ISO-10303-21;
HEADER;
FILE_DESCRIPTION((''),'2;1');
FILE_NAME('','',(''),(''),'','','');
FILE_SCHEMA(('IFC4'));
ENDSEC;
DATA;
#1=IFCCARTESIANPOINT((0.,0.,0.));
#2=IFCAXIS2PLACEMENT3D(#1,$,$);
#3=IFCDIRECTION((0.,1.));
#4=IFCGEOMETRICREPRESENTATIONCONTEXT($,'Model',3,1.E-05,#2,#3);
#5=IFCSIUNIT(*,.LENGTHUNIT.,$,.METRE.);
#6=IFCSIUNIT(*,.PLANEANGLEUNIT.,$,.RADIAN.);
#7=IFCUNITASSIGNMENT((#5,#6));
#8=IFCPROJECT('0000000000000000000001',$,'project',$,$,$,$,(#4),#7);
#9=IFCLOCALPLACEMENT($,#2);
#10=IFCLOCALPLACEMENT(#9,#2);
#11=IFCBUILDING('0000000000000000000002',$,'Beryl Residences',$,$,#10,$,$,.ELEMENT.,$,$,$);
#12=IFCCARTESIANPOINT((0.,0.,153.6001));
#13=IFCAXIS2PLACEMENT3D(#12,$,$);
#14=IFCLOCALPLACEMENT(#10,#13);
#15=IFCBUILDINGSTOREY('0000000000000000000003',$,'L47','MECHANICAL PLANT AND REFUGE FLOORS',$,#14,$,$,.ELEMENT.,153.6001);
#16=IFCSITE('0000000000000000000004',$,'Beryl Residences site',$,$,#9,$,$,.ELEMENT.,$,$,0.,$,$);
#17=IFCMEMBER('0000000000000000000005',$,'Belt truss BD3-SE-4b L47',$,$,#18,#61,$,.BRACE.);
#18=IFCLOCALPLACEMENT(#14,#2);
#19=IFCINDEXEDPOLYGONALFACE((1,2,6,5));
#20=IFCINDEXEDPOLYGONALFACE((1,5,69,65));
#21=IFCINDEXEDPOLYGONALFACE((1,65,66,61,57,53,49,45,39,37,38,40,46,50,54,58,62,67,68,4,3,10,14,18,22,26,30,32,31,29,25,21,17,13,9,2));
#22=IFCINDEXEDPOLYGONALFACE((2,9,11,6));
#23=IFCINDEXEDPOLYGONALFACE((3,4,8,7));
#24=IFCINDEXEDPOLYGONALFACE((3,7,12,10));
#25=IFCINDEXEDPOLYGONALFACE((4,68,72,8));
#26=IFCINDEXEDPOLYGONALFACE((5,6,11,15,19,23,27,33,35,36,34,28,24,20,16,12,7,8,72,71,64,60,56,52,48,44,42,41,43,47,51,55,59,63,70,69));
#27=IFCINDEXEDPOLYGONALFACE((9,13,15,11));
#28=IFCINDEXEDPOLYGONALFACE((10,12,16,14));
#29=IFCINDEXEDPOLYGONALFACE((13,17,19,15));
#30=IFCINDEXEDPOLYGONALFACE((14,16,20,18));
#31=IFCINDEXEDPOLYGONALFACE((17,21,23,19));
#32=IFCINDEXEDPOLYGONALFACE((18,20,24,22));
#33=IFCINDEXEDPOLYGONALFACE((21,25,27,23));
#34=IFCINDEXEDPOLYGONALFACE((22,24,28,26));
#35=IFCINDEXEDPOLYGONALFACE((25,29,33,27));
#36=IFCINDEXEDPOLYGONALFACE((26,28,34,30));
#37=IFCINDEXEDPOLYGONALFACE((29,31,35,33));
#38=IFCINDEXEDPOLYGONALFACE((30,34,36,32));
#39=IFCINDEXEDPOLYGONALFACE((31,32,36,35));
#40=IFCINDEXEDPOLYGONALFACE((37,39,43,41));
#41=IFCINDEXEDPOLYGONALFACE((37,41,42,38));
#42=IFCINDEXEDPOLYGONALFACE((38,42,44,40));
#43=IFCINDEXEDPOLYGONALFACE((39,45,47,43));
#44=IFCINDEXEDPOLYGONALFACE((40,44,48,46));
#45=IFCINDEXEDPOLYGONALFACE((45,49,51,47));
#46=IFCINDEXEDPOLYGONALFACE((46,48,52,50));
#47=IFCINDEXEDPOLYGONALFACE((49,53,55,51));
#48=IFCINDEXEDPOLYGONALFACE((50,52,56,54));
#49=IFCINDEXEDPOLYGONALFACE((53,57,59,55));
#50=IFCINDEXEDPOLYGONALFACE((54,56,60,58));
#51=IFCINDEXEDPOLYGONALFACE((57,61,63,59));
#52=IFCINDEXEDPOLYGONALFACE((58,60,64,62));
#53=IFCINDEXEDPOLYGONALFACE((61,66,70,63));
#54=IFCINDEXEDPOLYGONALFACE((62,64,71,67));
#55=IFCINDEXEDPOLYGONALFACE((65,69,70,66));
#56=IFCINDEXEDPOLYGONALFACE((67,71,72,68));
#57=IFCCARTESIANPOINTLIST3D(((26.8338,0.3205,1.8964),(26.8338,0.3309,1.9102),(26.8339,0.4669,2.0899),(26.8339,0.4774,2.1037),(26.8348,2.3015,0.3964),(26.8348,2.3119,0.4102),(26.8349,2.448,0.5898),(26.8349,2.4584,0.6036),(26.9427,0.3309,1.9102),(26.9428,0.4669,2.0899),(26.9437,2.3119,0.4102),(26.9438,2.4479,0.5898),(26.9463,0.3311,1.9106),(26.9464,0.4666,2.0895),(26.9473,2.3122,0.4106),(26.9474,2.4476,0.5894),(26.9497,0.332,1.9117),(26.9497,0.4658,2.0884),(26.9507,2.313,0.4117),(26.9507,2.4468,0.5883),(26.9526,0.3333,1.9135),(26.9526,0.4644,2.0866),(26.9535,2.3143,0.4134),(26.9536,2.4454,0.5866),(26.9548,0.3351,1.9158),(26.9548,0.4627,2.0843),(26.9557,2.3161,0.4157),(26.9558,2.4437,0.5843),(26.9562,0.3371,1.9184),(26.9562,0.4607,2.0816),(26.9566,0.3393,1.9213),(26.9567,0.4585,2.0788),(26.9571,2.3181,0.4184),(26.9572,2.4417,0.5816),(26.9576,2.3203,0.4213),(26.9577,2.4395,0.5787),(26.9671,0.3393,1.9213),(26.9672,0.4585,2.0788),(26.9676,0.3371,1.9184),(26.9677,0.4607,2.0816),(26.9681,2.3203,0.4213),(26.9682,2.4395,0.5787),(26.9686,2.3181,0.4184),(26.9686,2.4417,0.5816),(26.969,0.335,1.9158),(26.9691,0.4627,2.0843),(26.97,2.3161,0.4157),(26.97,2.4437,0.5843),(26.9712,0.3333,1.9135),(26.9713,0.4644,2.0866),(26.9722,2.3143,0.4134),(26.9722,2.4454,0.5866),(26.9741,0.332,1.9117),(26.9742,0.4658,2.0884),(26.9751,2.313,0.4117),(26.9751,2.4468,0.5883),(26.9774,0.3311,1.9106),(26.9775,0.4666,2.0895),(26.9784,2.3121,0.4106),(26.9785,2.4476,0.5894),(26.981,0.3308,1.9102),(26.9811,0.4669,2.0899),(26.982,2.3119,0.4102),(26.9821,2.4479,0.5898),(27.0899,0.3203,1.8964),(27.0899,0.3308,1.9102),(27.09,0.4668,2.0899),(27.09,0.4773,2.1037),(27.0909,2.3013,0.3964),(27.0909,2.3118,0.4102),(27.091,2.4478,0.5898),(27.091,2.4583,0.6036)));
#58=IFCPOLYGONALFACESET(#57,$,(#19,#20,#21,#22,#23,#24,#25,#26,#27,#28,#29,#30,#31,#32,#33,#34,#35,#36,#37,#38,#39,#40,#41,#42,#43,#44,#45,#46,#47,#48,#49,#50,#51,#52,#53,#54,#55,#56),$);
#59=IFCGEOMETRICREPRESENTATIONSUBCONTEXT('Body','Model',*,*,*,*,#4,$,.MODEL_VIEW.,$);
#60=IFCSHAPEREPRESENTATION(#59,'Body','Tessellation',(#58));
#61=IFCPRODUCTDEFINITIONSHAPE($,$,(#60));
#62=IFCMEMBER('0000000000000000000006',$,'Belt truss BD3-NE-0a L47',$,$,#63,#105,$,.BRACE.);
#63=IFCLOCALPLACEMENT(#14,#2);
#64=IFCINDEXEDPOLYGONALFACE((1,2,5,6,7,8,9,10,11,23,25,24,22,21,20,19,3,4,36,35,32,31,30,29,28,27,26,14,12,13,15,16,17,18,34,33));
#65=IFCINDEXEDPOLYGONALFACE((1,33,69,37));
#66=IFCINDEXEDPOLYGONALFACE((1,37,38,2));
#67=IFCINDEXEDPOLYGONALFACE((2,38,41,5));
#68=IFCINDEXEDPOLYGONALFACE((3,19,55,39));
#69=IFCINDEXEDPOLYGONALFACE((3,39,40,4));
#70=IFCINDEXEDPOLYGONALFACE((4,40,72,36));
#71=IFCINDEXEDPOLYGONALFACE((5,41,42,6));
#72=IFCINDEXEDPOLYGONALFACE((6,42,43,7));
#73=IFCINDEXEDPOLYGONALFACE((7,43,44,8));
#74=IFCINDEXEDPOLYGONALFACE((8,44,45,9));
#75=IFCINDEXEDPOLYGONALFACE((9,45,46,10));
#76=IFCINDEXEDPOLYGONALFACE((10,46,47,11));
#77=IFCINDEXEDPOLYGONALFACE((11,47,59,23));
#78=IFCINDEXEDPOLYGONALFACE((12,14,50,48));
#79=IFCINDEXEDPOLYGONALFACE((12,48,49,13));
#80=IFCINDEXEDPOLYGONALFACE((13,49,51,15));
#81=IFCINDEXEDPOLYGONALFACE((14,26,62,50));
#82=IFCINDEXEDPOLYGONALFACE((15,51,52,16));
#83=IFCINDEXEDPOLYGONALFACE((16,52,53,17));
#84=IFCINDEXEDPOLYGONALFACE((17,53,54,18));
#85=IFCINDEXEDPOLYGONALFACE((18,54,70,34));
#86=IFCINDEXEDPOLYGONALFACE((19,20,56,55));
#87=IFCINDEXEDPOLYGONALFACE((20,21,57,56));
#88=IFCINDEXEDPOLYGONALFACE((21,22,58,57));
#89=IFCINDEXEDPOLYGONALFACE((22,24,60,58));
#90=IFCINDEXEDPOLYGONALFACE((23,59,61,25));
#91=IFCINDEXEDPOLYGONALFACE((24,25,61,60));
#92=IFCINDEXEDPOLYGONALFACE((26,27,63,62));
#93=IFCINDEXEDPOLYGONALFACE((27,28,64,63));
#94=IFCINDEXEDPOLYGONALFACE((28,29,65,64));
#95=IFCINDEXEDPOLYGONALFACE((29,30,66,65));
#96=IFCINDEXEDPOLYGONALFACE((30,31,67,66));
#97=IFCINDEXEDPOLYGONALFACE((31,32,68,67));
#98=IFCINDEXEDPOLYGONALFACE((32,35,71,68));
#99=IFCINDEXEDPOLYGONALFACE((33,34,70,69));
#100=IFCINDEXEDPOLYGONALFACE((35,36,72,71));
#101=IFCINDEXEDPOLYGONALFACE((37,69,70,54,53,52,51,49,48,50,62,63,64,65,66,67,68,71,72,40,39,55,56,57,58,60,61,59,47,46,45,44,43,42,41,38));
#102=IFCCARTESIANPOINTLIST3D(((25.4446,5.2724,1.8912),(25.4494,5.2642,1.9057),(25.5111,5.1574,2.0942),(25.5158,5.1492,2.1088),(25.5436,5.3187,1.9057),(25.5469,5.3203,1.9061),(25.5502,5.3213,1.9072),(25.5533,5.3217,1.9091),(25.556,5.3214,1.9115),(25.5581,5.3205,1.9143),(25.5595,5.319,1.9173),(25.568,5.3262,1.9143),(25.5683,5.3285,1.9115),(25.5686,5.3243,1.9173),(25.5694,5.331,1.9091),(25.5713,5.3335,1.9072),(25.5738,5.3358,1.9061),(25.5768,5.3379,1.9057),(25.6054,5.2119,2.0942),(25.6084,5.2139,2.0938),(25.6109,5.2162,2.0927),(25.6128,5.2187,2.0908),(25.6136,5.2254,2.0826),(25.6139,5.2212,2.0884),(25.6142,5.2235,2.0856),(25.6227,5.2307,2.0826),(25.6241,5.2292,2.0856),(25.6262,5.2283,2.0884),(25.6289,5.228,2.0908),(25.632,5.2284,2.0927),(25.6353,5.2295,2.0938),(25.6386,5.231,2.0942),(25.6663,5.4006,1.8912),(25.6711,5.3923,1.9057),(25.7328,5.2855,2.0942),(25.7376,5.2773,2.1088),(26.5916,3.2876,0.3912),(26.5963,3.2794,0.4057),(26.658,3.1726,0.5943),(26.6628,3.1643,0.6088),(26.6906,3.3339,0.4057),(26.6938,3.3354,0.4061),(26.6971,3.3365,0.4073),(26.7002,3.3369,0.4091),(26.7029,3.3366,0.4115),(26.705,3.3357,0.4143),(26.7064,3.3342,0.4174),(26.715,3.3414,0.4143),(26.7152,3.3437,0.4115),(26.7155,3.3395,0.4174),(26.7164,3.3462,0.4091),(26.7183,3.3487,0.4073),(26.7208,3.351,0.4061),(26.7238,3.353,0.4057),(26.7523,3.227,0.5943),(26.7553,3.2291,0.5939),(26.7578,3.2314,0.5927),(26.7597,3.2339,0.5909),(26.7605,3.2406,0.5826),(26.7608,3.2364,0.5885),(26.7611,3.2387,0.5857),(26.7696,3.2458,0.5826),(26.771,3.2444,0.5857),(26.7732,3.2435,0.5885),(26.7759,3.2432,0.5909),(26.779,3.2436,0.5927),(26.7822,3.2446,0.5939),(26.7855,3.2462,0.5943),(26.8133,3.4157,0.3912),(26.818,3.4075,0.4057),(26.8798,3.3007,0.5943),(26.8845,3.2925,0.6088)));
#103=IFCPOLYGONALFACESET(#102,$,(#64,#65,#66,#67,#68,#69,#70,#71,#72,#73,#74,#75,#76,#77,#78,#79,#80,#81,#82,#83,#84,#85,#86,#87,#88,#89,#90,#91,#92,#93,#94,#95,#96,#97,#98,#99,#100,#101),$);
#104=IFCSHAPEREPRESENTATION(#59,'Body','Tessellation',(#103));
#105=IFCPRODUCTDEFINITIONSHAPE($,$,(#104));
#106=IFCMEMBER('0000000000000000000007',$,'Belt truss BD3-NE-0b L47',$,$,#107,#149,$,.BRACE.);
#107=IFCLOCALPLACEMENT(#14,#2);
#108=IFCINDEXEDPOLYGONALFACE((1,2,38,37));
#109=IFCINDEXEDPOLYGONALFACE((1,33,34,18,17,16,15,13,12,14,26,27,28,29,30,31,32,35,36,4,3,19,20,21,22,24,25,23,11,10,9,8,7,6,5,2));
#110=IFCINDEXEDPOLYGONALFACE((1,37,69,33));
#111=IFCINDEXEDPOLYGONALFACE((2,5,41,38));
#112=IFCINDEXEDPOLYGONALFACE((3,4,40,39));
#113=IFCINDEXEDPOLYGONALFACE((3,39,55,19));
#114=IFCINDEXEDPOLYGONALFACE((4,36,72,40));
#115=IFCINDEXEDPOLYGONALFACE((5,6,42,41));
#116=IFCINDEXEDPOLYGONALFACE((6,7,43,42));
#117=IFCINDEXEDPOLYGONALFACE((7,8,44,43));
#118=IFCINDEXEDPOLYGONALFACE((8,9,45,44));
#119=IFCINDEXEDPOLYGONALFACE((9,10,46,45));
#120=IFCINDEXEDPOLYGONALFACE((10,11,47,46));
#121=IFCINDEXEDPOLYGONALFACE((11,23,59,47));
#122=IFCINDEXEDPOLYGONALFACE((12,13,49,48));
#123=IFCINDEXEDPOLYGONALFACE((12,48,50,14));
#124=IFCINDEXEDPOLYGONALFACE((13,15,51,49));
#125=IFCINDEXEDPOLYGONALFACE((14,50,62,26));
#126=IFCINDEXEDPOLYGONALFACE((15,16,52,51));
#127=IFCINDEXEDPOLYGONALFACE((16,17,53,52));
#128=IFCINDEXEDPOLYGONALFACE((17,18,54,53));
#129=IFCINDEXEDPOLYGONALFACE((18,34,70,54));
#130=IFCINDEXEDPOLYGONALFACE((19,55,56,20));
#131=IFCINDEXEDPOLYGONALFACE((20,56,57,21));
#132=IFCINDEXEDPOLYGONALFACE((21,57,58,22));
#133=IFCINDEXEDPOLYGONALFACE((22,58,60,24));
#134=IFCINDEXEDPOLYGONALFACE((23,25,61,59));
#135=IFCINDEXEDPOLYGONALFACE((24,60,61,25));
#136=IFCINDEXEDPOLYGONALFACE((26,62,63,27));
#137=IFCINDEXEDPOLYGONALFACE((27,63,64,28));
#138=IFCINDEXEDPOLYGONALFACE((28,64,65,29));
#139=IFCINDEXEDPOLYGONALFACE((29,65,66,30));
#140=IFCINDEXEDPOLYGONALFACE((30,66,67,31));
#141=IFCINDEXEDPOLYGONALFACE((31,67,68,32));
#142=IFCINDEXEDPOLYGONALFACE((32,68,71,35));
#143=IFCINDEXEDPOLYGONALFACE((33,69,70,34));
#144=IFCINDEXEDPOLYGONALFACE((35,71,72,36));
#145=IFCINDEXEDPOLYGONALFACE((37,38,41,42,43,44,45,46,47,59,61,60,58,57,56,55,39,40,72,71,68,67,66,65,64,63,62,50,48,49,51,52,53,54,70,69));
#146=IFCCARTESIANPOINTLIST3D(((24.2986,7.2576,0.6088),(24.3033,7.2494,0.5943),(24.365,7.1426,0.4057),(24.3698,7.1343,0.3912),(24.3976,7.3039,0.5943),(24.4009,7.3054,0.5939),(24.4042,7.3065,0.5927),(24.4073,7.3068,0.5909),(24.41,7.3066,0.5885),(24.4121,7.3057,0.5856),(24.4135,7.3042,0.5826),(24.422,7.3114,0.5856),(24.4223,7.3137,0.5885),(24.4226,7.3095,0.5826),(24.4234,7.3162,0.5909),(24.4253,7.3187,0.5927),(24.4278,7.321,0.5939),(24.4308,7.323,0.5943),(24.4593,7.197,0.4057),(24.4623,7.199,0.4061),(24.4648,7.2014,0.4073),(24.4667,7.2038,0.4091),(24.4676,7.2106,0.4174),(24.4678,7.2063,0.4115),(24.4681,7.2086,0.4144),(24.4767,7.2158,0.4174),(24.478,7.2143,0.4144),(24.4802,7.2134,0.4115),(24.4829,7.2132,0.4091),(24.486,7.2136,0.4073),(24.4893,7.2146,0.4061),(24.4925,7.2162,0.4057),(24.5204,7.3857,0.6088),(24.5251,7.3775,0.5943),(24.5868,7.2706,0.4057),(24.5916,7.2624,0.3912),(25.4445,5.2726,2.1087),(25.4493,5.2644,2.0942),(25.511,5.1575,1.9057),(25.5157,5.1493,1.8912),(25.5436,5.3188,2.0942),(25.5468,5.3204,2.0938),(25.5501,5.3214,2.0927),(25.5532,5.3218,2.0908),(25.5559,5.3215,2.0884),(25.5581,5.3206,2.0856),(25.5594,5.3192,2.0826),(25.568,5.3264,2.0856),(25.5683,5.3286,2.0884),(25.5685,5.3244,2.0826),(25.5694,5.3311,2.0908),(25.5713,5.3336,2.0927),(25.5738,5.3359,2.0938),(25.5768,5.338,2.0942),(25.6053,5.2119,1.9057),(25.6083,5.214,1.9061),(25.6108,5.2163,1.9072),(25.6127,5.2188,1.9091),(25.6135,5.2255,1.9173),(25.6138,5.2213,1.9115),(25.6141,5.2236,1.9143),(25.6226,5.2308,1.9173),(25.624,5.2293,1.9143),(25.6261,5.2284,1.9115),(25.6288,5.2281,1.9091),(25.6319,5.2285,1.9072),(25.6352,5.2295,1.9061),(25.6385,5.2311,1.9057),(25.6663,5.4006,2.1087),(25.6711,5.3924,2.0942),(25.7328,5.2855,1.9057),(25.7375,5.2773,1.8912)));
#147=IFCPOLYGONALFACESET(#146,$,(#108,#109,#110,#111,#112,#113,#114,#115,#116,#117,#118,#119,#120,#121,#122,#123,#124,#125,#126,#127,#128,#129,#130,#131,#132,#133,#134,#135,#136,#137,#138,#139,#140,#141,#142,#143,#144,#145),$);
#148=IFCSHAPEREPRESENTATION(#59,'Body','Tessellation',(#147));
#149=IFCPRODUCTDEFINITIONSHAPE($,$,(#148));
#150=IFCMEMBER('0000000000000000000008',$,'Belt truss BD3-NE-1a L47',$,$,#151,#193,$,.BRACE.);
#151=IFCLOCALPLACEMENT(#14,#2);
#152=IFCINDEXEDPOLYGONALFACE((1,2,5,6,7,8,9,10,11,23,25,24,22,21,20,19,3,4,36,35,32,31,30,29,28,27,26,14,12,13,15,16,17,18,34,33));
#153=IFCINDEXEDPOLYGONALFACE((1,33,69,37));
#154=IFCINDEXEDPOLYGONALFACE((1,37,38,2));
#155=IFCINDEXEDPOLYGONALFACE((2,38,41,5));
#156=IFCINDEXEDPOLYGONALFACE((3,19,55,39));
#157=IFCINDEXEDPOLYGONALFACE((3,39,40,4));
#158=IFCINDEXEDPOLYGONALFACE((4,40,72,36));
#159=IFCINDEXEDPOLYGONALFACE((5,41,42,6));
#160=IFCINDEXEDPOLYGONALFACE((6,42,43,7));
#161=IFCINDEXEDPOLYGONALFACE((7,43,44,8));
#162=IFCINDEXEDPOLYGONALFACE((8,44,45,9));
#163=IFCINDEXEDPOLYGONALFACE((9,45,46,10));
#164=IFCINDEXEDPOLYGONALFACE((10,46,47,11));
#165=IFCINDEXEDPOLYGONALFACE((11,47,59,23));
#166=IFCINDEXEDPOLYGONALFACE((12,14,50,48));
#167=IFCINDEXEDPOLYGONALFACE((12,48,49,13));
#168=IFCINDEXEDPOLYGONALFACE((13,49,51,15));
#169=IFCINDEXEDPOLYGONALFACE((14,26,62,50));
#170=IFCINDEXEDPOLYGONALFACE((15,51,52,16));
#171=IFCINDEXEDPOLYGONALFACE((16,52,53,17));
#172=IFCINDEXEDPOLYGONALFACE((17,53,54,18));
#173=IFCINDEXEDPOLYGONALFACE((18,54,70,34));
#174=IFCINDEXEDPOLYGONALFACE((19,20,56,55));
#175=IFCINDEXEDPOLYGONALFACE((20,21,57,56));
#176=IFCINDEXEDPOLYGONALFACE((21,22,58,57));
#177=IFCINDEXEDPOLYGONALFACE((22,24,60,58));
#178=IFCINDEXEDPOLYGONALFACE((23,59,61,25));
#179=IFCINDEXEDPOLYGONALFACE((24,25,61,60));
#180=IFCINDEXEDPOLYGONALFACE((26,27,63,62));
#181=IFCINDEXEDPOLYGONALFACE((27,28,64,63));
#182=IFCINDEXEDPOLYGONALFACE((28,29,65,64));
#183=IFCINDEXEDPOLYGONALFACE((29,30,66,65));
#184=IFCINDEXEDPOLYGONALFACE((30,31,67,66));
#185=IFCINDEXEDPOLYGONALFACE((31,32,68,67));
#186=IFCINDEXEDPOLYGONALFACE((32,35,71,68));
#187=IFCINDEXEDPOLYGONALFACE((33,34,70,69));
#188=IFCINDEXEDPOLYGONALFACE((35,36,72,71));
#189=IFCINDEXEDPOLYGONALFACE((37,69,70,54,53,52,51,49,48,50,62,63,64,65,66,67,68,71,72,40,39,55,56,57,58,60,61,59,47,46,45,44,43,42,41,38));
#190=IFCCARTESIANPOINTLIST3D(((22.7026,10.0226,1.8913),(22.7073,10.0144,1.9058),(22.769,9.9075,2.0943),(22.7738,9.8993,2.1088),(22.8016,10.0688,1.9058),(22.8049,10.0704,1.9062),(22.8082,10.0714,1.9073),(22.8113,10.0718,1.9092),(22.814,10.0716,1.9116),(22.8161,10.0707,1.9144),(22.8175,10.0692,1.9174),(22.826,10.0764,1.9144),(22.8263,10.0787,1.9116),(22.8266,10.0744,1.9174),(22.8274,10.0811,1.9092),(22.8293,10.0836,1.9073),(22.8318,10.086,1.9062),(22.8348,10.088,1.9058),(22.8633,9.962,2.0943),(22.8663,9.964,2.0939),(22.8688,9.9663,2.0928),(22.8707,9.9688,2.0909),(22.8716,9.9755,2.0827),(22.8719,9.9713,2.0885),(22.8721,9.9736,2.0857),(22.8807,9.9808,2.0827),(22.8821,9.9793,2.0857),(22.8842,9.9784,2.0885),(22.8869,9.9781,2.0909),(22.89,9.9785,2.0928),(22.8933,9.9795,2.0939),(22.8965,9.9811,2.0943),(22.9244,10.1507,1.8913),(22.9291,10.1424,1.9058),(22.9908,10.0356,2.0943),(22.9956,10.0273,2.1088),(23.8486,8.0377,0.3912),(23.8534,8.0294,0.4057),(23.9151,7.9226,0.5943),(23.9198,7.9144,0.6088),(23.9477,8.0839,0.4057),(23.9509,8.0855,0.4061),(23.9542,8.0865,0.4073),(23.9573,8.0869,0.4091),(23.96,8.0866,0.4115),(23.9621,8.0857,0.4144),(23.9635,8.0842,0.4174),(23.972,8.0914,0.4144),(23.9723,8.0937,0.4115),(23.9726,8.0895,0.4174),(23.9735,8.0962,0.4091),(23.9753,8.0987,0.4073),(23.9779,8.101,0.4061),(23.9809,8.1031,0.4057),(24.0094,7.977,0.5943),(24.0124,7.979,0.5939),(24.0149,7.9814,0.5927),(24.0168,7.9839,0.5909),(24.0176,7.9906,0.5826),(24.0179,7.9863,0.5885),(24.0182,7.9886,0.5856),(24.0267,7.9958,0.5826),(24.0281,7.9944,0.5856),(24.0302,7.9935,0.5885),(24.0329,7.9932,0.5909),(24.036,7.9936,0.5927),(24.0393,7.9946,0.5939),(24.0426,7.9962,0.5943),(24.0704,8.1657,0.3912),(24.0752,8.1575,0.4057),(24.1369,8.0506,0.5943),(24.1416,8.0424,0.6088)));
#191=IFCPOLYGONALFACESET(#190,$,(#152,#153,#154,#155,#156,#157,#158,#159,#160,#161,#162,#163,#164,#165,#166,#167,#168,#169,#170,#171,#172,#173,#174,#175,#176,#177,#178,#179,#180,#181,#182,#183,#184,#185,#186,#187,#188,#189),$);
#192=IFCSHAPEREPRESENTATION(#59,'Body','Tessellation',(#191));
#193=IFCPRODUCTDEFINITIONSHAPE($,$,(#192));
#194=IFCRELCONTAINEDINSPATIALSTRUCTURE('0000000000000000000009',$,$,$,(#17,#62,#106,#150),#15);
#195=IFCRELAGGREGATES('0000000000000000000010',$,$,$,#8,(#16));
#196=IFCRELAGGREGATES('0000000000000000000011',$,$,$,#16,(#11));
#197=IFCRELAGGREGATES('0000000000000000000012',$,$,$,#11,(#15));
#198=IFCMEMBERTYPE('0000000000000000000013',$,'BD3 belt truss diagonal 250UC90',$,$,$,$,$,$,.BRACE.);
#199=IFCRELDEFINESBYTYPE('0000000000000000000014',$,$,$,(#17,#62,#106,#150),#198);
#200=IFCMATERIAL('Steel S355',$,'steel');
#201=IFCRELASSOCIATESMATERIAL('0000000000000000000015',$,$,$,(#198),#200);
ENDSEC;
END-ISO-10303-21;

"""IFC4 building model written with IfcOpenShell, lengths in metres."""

from ifc_helpers import new_model, si_unit, direction, frame, origin, origin_2d, place, context, subcontext, project, spatial, i_section, extrude, material, material_profile, profile_set, type_object, element, save


model = new_model("IFC4")

# Units and contexts
model_context = context("Model", 3, precision=1e-05, world=origin(), true_north=direction((0.0, 1.0)))
body_context = subcontext(model_context, "Body", "Model", "MODEL_VIEW")
ifc_project = project(units=[si_unit("LENGTHUNIT", "METRE"), si_unit("PLANEANGLEUNIT", "RADIAN")], contexts=[model_context])

# Site, building, storey
site_placement = place(None, origin())
site = spatial("IfcSite", under=ifc_project, at=site_placement, Name="Beryl Residences site", CompositionType="ELEMENT", RefElevation=0.0)
building_placement = place(site_placement, origin())
building = spatial("IfcBuilding", under=site, at=building_placement, Name="Beryl Residences", CompositionType="ELEMENT")
storey_placement = place(building_placement, frame((0.0, 0.0, 153.6001)))
storey = spatial("IfcBuildingStorey", under=building, at=storey_placement, Name="L47", Description="MECHANICAL PLANT AND REFUGE FLOORS", CompositionType="ELEMENT", Elevation=153.6001)

# Members
ifc_material_1 = material(Name="Steel S355", Category="steel")
ifc_material_profile_1 = material_profile(ifc_material_1, i_section(OverallWidth=0.2561, OverallDepth=0.26, WebThickness=0.0105, FlangeThickness=0.0173, FilletRadius=0.0139, at=origin_2d()))
ifc_profile_set_1 = profile_set([ifc_material_profile_1], Name="Steel S355")
member_type_1 = type_object("IfcMemberType", Name="BD3 belt truss diagonal 250UC90", PredefinedType="BRACE", material=ifc_profile_set_1)
for number, where, z_axis, x_axis, name in (
    (1, (26.9629, 2.3799, 0.5), (-0.000393, -0.797233, 0.603672), (1.0, -0.000493, 0.0), "Belt truss BD3-SE-4b L47"),
):
    element("IfcMember", number, at=place(storey_placement, frame(where, z_axis=z_axis, x_axis=x_axis)), inside=storey, type_object=member_type_1, Name=name, PredefinedType="BRACE", context=body_context, shape_type="SweptSolid", body=[
        extrude(i_section(OverallWidth=0.2561, OverallDepth=0.26, WebThickness=0.0105, FlangeThickness=0.0173, FilletRadius=0.0139, at=origin_2d()), origin(), (0.0, 0.0, 1.0), 2.4849),
    ])
member_1_placement = place(storey_placement, frame((26.738, 3.29, 0.5), z_axis=(-0.418669, 0.724517, 0.547532), x_axis=(-0.865834, -0.500331, 0.0)))
element("IfcMember", 2, at=member_1_placement, inside=storey, type_object=member_type_1, Name="Belt truss BD3-NE-0a L47", PredefinedType="BRACE", context=body_context, shape_type="SweptSolid", body=[
    extrude(i_section(OverallWidth=0.2561, OverallDepth=0.26, WebThickness=0.0105, FlangeThickness=0.0173, FilletRadius=0.0139, at=origin_2d()), origin(), (0.0, 0.0, 1.0), 2.7395),
])
for number, where, z_axis, x_axis, name in (
    (3, (24.4451, 7.26, 0.5), (0.418348, -0.724668, 0.547578), (0.866045, 0.499965, 0.0), "Belt truss BD3-NE-0b L47"),
    (4, (23.9951, 8.04, 0.5), (-0.418375, 0.724625, 0.547613), (-0.866019, -0.500011, 0.0), "Belt truss BD3-NE-1a L47"),
):
    element("IfcMember", number, at=place(storey_placement, frame(where, z_axis=z_axis, x_axis=x_axis)), inside=storey, type_object=member_type_1, Name=name, PredefinedType="BRACE", context=body_context, shape_type="SweptSolid", body=[
        extrude(i_section(OverallWidth=0.2561, OverallDepth=0.26, WebThickness=0.0105, FlangeThickness=0.0173, FilletRadius=0.0139, at=origin_2d()), origin(), (0.0, 0.0, 1.0), 2.7393),
    ])

save(model, "model.ifc")
